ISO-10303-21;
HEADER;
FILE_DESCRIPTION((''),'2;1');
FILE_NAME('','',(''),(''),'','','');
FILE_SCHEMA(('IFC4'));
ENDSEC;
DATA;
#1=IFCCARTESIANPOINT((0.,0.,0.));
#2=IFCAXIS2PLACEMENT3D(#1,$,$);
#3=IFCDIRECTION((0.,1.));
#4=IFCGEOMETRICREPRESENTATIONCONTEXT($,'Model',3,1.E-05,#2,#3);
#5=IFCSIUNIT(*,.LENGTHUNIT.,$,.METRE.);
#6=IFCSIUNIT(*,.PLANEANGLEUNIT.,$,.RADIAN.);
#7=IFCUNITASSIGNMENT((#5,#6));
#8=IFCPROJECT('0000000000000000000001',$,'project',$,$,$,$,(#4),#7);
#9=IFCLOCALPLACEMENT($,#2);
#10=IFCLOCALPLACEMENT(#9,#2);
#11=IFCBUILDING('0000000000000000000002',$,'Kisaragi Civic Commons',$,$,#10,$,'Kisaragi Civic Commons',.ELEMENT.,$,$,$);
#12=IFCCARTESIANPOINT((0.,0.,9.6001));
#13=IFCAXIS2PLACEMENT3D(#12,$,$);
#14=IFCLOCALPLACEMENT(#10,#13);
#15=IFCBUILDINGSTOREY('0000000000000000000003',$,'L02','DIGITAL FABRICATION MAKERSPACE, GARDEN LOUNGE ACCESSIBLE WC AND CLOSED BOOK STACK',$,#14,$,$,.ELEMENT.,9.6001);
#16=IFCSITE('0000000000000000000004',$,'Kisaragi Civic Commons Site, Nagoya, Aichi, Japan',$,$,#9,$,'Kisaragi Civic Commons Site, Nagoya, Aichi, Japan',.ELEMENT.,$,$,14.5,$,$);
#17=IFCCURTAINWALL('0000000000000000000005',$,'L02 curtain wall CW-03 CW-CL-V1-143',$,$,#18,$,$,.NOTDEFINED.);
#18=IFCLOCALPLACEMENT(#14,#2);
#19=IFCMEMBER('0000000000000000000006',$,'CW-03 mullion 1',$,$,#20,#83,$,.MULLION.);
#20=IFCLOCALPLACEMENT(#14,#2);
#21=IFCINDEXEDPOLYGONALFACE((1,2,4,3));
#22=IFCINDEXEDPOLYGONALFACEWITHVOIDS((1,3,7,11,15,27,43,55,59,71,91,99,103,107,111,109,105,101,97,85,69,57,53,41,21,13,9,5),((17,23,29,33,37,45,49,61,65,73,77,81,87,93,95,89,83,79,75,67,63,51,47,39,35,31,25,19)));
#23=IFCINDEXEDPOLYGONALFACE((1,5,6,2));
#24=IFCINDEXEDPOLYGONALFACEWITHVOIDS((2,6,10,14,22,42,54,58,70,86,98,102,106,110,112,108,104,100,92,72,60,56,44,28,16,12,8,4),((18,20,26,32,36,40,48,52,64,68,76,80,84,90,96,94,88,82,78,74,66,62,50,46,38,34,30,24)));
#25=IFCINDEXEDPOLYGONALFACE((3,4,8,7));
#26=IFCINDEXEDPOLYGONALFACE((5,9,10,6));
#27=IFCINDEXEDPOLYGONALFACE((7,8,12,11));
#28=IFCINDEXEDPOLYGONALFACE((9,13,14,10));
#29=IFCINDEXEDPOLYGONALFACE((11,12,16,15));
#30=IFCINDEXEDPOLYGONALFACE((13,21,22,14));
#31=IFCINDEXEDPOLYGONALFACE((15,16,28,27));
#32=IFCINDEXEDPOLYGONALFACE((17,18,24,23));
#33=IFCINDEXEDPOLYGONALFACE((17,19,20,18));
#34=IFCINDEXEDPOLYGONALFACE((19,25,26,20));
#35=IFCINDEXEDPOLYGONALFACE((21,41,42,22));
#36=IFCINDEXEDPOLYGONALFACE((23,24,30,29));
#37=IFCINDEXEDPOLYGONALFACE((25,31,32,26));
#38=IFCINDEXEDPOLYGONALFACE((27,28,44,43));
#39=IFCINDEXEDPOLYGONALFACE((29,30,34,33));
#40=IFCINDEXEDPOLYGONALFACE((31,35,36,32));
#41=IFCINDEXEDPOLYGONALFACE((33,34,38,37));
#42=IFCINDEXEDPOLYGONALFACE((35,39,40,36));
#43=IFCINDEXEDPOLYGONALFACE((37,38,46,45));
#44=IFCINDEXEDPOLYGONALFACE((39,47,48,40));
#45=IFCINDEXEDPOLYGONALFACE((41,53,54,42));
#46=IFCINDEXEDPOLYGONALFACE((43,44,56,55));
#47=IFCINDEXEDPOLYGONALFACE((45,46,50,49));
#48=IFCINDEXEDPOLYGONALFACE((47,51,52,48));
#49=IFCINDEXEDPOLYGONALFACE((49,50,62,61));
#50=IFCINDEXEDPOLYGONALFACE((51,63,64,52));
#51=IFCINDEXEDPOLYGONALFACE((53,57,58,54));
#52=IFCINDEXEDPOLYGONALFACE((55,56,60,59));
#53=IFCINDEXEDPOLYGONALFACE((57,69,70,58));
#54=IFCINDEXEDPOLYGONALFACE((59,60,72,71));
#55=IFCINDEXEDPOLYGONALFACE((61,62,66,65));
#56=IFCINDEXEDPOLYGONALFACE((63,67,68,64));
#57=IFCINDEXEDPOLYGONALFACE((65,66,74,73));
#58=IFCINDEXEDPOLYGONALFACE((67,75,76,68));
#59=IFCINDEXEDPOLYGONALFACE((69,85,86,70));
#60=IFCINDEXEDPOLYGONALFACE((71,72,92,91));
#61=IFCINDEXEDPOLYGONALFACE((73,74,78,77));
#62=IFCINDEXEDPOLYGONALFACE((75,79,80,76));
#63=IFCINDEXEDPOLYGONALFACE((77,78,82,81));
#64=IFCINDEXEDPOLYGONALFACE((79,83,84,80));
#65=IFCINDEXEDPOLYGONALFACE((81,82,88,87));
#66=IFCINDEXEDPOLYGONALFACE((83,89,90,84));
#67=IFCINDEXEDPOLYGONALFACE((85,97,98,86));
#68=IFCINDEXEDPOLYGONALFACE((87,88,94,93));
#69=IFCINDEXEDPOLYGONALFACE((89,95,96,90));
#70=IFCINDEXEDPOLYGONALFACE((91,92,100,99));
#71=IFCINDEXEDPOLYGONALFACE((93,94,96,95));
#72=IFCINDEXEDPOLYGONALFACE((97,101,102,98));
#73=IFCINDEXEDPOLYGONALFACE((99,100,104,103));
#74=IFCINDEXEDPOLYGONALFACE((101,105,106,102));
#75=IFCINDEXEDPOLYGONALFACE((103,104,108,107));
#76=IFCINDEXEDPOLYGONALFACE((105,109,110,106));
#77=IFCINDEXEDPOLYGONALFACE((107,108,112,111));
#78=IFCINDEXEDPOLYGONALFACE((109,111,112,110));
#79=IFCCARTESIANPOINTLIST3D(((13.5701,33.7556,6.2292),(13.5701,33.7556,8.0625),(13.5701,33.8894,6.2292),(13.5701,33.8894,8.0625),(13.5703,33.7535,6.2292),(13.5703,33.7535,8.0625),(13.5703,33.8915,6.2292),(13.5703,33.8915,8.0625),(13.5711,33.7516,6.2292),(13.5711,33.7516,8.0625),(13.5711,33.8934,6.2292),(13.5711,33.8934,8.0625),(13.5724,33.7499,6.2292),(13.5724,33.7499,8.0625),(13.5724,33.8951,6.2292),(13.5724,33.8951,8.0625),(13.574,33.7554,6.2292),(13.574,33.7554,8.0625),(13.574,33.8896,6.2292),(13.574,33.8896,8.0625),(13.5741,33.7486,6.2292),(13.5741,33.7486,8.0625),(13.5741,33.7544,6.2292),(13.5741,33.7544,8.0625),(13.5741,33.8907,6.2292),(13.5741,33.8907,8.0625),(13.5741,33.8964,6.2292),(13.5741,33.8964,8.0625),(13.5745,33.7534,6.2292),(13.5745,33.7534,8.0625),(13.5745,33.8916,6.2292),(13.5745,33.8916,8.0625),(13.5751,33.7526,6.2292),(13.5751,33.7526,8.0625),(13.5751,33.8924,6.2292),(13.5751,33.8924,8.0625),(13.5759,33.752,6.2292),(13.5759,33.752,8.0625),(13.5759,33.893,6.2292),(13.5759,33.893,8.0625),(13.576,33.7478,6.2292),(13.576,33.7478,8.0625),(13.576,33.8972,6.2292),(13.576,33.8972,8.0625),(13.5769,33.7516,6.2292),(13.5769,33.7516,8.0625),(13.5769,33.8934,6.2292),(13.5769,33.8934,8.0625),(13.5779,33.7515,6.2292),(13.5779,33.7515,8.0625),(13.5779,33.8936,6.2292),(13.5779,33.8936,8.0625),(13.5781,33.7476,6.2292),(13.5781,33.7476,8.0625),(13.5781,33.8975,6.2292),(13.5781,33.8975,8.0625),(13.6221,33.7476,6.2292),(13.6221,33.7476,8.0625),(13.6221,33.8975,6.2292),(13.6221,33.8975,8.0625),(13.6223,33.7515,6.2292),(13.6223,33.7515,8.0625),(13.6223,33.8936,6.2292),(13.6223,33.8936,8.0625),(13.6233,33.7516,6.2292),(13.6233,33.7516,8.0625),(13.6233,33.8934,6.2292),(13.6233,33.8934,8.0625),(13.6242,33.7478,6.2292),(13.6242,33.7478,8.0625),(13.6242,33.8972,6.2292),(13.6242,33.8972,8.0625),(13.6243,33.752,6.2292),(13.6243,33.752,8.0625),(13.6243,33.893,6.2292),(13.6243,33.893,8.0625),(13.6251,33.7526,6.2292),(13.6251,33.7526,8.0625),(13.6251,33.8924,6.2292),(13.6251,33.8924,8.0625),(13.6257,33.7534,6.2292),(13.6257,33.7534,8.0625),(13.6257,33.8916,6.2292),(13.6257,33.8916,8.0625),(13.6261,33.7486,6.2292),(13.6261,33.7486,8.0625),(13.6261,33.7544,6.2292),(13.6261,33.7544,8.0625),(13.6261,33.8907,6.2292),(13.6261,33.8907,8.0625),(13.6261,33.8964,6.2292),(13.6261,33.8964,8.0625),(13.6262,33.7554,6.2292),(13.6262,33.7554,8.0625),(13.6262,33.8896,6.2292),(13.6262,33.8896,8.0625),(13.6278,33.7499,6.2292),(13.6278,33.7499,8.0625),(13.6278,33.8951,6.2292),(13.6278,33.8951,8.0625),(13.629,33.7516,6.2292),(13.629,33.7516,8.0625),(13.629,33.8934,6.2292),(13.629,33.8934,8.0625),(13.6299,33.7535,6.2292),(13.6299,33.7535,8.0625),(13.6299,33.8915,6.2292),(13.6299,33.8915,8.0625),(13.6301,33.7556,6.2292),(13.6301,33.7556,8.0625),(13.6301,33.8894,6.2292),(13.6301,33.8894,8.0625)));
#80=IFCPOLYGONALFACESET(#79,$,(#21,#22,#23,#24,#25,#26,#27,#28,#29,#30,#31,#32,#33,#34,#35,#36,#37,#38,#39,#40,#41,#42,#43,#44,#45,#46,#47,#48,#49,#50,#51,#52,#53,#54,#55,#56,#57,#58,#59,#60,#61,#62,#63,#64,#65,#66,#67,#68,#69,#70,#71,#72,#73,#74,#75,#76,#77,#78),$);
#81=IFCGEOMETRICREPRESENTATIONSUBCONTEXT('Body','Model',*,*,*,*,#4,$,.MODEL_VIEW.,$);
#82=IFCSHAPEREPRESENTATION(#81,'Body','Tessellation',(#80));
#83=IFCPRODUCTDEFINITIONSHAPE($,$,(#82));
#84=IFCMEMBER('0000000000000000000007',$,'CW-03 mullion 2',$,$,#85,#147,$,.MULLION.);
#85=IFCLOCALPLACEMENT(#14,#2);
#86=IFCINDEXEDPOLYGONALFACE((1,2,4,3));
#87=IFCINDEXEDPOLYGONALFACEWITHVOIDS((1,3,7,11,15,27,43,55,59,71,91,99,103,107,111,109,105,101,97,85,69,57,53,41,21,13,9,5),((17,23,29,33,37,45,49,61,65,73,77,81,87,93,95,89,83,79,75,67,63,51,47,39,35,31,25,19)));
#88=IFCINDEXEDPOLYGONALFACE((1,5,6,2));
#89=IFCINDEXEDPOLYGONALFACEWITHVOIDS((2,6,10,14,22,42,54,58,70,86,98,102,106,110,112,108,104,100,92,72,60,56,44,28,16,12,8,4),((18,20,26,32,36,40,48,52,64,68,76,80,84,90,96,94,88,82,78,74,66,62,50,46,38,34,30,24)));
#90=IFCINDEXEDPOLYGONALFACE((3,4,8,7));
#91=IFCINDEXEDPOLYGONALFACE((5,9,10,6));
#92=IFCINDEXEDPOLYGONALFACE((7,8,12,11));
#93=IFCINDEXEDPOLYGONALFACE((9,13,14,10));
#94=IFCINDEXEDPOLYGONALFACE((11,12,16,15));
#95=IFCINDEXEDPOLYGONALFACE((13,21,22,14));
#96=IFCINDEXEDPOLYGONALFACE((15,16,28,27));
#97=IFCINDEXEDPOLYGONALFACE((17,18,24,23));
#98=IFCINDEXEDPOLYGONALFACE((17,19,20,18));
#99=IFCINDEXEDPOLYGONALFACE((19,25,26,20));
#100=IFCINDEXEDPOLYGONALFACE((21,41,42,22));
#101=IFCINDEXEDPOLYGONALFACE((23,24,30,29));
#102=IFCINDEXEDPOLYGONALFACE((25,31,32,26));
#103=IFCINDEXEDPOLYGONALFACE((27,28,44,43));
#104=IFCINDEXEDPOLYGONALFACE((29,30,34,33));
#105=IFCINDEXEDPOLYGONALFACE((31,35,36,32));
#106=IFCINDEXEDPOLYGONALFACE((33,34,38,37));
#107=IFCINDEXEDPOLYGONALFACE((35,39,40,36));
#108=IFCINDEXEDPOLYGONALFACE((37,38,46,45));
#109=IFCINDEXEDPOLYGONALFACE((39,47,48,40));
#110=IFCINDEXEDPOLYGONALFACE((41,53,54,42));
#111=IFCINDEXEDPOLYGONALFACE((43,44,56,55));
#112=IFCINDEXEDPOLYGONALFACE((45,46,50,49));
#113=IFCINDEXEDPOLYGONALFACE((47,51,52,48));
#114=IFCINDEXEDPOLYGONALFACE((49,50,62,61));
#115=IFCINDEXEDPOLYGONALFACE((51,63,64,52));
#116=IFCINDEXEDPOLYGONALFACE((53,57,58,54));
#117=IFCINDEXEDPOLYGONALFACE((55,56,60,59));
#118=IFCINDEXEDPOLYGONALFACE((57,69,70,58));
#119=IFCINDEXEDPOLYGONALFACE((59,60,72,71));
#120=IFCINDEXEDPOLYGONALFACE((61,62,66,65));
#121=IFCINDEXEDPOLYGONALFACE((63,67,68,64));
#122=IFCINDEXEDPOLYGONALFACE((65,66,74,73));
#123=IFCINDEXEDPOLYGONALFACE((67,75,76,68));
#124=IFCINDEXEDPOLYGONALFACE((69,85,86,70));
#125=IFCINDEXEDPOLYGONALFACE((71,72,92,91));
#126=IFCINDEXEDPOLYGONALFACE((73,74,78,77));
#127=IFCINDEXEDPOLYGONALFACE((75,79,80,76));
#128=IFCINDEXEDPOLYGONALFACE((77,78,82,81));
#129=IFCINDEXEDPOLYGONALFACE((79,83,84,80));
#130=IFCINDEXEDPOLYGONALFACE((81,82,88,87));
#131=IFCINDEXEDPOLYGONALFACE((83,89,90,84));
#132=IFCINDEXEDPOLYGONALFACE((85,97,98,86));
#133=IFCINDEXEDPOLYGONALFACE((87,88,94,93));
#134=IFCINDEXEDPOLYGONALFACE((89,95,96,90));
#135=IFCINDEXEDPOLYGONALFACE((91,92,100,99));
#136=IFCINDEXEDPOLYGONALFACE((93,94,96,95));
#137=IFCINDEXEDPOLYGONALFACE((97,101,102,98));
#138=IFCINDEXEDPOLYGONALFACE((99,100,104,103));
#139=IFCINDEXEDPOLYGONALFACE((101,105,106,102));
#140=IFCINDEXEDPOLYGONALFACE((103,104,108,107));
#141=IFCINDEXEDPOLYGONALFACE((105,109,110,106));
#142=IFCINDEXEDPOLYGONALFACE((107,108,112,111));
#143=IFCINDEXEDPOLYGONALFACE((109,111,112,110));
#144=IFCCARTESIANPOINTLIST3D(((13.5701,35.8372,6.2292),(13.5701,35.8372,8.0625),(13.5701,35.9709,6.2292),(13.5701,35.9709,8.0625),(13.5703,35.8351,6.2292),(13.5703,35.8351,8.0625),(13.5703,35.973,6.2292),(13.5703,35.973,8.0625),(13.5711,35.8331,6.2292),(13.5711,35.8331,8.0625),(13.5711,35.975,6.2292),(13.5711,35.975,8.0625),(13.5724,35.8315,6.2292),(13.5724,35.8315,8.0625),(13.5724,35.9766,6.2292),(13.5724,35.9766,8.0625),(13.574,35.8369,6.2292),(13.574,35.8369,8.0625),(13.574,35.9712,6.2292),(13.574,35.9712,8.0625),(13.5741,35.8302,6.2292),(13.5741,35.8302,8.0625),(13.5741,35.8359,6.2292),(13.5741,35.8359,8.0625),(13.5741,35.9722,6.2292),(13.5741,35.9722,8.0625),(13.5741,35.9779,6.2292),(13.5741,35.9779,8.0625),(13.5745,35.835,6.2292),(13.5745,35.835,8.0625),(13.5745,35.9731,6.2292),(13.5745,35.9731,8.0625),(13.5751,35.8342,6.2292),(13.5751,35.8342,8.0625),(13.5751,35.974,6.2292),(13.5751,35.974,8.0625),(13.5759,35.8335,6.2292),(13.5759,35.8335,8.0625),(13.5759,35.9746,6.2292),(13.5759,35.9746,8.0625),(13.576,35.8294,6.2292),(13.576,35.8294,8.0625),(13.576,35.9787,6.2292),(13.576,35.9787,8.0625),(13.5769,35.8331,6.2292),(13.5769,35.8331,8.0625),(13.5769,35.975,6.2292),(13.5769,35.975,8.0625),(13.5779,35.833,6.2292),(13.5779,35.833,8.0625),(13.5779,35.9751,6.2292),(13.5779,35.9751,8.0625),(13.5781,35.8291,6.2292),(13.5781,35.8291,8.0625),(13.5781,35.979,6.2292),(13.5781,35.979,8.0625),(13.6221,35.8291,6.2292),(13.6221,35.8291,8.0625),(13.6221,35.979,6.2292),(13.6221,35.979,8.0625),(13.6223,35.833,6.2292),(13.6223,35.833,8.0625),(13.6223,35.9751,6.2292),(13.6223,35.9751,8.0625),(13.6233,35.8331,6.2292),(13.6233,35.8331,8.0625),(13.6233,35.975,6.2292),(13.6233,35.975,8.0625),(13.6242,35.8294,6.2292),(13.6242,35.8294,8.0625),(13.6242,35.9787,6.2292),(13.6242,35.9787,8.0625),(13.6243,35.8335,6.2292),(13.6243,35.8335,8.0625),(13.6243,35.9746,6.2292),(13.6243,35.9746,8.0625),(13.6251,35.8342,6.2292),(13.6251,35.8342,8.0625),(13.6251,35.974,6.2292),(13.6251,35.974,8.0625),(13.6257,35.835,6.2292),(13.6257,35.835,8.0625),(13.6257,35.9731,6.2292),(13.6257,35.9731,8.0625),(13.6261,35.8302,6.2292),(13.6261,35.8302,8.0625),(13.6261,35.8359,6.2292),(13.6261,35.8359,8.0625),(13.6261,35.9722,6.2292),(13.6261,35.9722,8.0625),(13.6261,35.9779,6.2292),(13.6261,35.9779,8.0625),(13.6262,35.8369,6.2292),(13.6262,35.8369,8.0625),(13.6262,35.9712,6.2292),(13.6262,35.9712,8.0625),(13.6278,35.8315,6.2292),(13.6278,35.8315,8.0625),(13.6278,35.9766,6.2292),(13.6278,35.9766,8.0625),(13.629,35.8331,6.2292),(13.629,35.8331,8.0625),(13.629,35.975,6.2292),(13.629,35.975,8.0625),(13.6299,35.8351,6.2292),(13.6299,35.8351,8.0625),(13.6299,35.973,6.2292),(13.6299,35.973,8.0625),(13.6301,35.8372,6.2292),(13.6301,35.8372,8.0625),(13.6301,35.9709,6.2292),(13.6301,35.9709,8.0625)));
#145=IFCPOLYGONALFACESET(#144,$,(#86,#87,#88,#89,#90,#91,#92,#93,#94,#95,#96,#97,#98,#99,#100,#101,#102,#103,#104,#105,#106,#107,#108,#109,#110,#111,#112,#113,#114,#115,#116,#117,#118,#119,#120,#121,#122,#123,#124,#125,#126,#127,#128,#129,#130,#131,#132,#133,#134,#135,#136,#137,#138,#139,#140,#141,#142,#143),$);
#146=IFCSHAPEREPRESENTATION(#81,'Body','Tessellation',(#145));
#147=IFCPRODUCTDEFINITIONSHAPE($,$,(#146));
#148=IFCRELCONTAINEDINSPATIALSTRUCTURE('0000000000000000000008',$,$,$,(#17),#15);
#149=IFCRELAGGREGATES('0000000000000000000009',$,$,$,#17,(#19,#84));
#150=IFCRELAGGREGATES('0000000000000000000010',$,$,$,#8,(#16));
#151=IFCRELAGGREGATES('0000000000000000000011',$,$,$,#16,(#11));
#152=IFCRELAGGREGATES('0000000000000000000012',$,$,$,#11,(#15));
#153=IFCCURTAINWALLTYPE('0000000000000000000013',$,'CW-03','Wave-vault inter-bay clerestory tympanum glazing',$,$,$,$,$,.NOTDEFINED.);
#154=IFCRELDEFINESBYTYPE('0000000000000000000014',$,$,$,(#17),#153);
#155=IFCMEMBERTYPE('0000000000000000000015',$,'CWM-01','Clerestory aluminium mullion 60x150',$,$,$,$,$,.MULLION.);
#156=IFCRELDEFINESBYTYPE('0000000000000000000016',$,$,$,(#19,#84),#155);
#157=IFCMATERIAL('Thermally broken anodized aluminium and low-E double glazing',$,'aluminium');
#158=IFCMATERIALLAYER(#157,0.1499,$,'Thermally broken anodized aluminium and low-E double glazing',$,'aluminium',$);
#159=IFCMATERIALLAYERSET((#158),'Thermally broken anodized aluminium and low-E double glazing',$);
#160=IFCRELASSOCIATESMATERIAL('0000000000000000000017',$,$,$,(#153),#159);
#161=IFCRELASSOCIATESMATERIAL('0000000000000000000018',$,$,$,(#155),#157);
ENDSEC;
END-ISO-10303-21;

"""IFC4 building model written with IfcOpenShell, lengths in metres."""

from ifc_helpers import new_model, si_unit, direction, frame, origin, origin_2d, place, context, subcontext, project, spatial, hollow_rectangle, extrude, material, layer, layer_set, material_profile, profile_set, type_object, element, aggregate, save


model = new_model("IFC4")

# Units and contexts
model_context = context("Model", 3, precision=1e-05, world=origin(), true_north=direction((0.0, 1.0)))
body_context = subcontext(model_context, "Body", "Model", "MODEL_VIEW")
ifc_project = project(units=[si_unit("LENGTHUNIT", "METRE"), si_unit("PLANEANGLEUNIT", "RADIAN")], contexts=[model_context])

# Site, building, storey
site_placement = place(None, origin())
site = spatial("IfcSite", under=ifc_project, at=site_placement, Name="Kisaragi Civic Commons Site, Nagoya, Aichi, Japan", LongName="Kisaragi Civic Commons Site, Nagoya, Aichi, Japan", CompositionType="ELEMENT", RefElevation=14.5)
building_placement = place(site_placement, origin())
building = spatial("IfcBuilding", under=site, at=building_placement, Name="Kisaragi Civic Commons", LongName="Kisaragi Civic Commons", CompositionType="ELEMENT")
storey_placement = place(building_placement, frame((0.0, 0.0, 9.6001)))
storey = spatial("IfcBuildingStorey", under=building, at=storey_placement, Name="L02", Description="DIGITAL FABRICATION MAKERSPACE, GARDEN LOUNGE ACCESSIBLE WC AND CLOSED BOOK STACK", CompositionType="ELEMENT", Elevation=9.6001)

# Curtain wall, members
ifc_material_1 = material(Name="Thermally broken anodized aluminium and low-E double glazing", Category="aluminium")
ifc_layer_1 = layer(ifc_material_1, 0.1499, Name="Thermally broken anodized aluminium and low-E double glazing", Category="aluminium")
ifc_layer_set_1 = layer_set([ifc_layer_1], Name="Thermally broken anodized aluminium and low-E double glazing")
curtain_wall_type = type_object("IfcCurtainWallType", Name="CW-03", Description="Wave-vault inter-bay clerestory tympanum glazing", PredefinedType="NOTDEFINED", material=ifc_layer_set_1)
curtain_wall_1_placement = place(storey_placement, origin())
curtain_wall_1 = element("IfcCurtainWall", 1, at=curtain_wall_1_placement, inside=storey, type_object=curtain_wall_type, Name="L02 curtain wall CW-03 CW-CL-V1-143", PredefinedType="NOTDEFINED")
ifc_material_profile_1 = material_profile(ifc_material_1, hollow_rectangle(XDim=0.0601, YDim=0.1499, WallThickness=0.0039, InnerFilletRadius=0.0039, OuterFilletRadius=0.0081, at=origin_2d()), Name="CWM-60x150x4", Category="aluminium")
ifc_profile_set_1 = profile_set([ifc_material_profile_1], Name="Thermally broken anodized aluminium and low-E double glazing")
member_type_1 = type_object("IfcMemberType", Name="CWM-01", Description="Clerestory aluminium mullion 60x150", PredefinedType="MULLION", material=ifc_profile_set_1)
member_1_placement = place(storey_placement, frame((13.6001, 33.8225, 6.2292), z_axis=(0.0, 0.0, 1.0), x_axis=(-1.0, 0.0, 0.0)))
member_1 = element("IfcMember", 2, at=member_1_placement, type_object=member_type_1, Name="CW-03 mullion 1", PredefinedType="MULLION", context=body_context, shape_type="SweptSolid", body=[
    extrude(hollow_rectangle(XDim=0.0601, YDim=0.1499, WallThickness=0.0039, InnerFilletRadius=0.0039, OuterFilletRadius=0.0081, at=origin_2d()), origin(), (0.0, 0.0, 1.0), 1.8333),
])
member_2_placement = place(storey_placement, frame((13.6001, 35.9041, 6.2292), z_axis=(0.0, 0.0, 1.0), x_axis=(-1.0, 0.0, 0.0)))
member_2 = element("IfcMember", 3, at=member_2_placement, type_object=member_type_1, Name="CW-03 mullion 2", PredefinedType="MULLION", context=body_context, shape_type="SweptSolid", body=[
    extrude(hollow_rectangle(XDim=0.0601, YDim=0.1499, WallThickness=0.0039, InnerFilletRadius=0.0039, OuterFilletRadius=0.0081, at=origin_2d()), origin(), (0.0, 0.0, 1.0), 1.8333),
])

aggregate(curtain_wall_1, [member_1, member_2])

save(model, "model.ifc")
